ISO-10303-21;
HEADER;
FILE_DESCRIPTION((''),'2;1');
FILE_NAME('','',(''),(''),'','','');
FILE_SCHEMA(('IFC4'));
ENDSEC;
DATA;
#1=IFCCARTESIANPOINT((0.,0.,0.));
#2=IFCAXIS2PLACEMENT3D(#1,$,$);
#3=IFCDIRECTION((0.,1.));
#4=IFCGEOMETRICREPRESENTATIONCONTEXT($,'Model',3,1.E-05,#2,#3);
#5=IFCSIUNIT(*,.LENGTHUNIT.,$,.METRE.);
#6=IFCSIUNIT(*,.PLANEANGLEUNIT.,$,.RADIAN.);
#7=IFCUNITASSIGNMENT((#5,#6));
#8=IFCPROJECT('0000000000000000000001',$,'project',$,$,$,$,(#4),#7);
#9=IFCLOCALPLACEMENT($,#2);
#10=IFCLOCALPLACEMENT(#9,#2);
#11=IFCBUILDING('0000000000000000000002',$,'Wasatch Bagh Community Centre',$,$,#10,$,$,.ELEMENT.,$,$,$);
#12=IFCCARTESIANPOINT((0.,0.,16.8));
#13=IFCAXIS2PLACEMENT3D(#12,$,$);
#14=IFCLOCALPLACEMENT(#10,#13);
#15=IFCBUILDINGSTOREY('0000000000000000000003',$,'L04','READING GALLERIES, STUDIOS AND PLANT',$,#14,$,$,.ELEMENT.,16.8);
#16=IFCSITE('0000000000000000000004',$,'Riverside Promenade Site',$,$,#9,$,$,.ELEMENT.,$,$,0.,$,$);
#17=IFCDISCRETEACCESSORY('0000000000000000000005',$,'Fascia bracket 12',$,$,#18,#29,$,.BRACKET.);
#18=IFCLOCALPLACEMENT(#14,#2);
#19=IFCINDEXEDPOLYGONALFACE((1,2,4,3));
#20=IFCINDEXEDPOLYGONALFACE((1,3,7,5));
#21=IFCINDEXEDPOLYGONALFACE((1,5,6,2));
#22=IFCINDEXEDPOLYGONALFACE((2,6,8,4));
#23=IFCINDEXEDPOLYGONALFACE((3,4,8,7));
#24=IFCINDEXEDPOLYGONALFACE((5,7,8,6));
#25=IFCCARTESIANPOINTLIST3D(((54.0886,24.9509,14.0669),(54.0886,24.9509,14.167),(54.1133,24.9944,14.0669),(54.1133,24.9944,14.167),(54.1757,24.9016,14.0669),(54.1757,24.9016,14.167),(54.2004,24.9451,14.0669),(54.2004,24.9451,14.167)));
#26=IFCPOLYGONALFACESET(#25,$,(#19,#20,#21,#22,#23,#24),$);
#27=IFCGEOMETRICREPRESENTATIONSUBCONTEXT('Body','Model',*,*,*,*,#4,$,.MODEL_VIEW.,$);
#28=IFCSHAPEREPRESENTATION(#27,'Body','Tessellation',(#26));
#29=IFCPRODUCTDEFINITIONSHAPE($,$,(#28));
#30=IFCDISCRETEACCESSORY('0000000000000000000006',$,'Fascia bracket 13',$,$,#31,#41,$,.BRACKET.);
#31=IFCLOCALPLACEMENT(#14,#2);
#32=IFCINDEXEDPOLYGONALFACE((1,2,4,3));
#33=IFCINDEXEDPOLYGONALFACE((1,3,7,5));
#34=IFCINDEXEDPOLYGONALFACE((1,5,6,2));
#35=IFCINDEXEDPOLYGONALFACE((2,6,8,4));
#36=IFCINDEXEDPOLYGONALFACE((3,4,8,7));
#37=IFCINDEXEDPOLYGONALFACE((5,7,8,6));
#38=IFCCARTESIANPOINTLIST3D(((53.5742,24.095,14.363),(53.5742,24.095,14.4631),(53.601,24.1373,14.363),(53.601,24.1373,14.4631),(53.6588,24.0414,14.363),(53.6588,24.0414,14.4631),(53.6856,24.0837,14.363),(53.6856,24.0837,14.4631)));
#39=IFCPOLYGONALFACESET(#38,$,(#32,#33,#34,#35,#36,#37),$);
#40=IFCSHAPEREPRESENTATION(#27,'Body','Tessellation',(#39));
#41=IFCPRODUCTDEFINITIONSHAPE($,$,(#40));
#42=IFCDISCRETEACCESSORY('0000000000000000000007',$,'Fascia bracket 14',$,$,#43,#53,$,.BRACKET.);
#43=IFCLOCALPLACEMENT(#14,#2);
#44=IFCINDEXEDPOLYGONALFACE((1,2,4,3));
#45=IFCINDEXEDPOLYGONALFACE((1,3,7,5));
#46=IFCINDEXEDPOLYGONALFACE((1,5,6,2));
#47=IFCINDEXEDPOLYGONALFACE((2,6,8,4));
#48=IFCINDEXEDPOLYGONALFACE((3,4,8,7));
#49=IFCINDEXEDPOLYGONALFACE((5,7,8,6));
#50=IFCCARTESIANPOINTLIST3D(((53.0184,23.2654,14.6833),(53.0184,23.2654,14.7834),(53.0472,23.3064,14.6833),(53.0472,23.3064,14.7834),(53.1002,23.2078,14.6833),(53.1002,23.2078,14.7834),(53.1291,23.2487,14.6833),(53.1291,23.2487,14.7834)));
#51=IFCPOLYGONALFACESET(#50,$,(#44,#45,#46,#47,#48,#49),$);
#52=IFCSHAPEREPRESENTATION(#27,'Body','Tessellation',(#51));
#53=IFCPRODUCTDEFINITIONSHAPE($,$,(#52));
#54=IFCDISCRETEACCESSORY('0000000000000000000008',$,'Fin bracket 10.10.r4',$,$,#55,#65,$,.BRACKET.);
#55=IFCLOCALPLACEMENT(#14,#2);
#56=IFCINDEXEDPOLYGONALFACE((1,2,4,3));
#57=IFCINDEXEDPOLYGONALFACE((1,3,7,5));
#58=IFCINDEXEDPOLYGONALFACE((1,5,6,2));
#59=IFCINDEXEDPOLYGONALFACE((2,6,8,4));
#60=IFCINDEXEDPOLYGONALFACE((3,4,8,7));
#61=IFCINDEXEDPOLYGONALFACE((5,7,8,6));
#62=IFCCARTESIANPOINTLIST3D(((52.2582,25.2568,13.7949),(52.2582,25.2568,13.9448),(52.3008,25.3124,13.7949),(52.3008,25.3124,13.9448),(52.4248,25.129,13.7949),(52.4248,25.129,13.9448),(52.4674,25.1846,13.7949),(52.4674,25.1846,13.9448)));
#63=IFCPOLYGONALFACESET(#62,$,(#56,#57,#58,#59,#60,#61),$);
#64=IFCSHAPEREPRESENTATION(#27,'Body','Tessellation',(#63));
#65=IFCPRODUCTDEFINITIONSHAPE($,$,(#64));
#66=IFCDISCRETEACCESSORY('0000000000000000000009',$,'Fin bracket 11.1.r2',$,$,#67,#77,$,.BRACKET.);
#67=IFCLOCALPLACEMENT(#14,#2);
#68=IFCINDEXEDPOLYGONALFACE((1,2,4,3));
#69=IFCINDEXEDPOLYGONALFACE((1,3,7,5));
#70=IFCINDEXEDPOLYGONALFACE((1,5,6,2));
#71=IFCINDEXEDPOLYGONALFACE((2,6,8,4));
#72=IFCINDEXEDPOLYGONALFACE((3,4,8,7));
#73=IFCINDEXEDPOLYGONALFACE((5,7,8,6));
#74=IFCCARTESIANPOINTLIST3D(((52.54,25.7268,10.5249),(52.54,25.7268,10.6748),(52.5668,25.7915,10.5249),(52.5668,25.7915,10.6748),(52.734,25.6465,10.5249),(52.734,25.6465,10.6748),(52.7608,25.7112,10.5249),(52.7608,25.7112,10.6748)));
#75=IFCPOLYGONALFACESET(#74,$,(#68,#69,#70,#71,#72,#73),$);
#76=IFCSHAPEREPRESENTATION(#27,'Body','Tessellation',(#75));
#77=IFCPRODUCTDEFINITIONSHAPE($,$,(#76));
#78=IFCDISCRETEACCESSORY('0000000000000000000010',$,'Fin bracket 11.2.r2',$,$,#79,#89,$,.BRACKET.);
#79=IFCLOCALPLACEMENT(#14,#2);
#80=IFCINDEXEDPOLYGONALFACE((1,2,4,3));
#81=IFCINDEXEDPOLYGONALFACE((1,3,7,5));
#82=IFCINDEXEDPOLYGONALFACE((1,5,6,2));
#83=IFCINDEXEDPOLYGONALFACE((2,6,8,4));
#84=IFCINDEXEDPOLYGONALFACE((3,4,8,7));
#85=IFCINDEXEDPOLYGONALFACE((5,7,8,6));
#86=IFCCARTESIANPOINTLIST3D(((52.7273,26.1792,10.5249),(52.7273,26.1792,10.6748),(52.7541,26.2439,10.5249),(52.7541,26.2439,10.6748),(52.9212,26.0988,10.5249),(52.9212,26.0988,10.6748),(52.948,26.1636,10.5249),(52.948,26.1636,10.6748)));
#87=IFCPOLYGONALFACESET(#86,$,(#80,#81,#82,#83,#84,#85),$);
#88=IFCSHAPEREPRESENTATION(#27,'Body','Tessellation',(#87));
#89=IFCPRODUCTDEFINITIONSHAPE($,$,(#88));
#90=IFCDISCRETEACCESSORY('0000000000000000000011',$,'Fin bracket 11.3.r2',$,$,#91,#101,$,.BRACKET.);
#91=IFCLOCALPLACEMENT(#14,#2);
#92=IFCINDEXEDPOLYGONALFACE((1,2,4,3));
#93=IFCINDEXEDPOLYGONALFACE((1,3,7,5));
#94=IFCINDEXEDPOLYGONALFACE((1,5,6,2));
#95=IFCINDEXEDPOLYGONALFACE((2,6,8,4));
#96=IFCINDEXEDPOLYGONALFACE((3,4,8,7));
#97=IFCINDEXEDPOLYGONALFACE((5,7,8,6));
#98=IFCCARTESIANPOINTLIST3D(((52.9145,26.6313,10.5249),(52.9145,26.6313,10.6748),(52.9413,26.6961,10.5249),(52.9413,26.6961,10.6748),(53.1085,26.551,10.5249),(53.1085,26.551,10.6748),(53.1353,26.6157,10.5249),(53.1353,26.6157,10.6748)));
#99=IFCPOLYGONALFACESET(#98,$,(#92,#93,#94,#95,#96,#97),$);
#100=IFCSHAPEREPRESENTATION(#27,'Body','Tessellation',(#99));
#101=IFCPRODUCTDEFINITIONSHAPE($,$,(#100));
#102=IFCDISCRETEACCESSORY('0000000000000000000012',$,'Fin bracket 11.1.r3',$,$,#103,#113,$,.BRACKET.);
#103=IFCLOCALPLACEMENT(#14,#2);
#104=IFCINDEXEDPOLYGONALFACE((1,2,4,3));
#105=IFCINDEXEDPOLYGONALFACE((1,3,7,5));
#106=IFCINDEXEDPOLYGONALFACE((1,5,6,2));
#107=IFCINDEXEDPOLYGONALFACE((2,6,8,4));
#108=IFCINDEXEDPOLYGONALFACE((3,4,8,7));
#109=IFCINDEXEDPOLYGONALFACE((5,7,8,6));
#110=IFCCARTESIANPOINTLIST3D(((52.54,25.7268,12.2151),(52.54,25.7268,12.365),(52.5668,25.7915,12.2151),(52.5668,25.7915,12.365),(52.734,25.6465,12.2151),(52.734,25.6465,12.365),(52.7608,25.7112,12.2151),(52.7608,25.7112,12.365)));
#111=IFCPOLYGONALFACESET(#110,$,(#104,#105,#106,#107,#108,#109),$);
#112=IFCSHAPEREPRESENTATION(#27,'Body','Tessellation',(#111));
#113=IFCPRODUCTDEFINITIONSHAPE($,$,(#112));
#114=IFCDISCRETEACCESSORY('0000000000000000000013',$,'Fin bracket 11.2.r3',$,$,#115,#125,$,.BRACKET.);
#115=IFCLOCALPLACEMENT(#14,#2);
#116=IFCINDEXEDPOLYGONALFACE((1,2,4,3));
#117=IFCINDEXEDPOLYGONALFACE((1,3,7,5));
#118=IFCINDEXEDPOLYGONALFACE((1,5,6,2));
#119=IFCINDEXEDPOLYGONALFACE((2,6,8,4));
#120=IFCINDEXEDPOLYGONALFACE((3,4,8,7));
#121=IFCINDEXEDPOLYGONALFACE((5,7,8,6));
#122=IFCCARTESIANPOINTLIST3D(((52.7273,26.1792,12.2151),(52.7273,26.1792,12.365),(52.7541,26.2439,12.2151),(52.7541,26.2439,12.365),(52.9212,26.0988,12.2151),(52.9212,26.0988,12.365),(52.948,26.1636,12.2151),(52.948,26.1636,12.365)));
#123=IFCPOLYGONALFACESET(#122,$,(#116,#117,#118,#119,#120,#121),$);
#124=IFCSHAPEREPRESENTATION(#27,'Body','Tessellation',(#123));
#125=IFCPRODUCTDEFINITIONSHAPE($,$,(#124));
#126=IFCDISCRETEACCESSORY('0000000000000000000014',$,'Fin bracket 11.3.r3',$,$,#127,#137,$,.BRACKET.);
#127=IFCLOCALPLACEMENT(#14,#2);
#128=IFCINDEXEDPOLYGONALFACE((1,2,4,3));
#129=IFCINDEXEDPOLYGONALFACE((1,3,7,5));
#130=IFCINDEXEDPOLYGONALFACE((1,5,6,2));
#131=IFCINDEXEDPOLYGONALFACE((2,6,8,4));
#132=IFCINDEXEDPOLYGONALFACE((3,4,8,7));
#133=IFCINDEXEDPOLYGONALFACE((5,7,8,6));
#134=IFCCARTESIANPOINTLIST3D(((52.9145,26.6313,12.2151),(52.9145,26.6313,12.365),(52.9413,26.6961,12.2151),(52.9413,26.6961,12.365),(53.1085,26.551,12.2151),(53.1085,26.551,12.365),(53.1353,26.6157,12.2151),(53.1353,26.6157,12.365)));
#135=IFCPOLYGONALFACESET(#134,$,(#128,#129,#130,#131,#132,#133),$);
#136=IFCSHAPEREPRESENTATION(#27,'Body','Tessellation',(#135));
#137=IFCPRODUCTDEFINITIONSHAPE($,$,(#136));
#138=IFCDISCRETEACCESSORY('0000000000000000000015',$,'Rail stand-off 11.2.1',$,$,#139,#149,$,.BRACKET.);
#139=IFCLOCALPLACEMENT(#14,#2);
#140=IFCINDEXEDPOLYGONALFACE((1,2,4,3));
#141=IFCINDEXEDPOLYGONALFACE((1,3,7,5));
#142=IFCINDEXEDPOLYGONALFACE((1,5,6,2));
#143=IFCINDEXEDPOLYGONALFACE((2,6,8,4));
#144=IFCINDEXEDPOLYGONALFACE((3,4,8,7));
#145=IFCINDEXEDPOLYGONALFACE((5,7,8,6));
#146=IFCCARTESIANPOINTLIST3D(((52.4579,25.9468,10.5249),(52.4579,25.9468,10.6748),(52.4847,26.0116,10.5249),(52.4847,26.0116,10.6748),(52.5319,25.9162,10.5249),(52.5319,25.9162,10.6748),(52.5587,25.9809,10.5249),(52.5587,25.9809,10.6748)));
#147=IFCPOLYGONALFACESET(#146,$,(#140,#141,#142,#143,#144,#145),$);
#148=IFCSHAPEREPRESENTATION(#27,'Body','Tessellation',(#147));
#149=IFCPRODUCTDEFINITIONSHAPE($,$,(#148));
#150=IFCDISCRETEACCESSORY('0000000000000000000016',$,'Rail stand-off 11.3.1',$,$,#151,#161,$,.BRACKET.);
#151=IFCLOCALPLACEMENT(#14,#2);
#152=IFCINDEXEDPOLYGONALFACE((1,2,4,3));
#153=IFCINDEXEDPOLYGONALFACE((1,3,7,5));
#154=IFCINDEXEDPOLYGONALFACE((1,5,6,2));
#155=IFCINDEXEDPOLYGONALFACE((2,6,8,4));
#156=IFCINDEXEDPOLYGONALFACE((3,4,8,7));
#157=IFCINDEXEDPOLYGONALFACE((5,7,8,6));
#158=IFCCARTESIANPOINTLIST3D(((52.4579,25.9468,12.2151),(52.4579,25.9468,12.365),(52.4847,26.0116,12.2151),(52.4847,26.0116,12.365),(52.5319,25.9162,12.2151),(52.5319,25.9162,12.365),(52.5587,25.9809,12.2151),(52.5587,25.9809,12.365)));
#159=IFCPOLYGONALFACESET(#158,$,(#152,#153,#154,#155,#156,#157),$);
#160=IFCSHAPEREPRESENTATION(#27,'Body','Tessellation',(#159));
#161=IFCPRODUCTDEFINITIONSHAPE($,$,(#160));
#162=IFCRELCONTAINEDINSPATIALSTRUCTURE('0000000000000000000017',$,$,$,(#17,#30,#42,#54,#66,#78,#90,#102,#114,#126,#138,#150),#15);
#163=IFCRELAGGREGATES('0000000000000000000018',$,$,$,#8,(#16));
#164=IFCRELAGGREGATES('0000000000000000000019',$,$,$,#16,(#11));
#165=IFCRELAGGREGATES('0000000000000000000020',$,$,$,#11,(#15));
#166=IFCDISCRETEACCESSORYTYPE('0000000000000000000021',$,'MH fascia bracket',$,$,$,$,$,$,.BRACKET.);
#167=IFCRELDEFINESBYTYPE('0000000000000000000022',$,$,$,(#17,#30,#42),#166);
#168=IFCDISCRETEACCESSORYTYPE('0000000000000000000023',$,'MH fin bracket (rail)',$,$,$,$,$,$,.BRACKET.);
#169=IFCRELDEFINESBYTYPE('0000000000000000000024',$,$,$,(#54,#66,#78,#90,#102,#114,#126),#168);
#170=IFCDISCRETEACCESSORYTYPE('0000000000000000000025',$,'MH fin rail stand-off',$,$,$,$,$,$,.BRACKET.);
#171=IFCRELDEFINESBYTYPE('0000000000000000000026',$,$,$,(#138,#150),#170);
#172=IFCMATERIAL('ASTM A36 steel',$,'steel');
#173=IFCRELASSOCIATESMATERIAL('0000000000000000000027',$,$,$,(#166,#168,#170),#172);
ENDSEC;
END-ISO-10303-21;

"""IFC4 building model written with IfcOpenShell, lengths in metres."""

from ifc_helpers import new_model, si_unit, direction, frame, origin, origin_2d, place, context, subcontext, project, spatial, rectangle, extrude, material, type_object, element, save


model = new_model("IFC4")

# Units and contexts
model_context = context("Model", 3, precision=1e-05, world=origin(), true_north=direction((0.0, 1.0)))
body_context = subcontext(model_context, "Body", "Model", "MODEL_VIEW")
ifc_project = project(units=[si_unit("LENGTHUNIT", "METRE"), si_unit("PLANEANGLEUNIT", "RADIAN")], contexts=[model_context])

# Site, building, storey
site_placement = place(None, origin())
site = spatial("IfcSite", under=ifc_project, at=site_placement, Name="Riverside Promenade Site", CompositionType="ELEMENT", RefElevation=0.0)
building_placement = place(site_placement, origin())
building = spatial("IfcBuilding", under=site, at=building_placement, Name="Wasatch Bagh Community Centre", CompositionType="ELEMENT")
storey_placement = place(building_placement, frame((0.0, 0.0, 16.8)))
storey = spatial("IfcBuildingStorey", under=building, at=storey_placement, Name="L04", Description="READING GALLERIES, STUDIOS AND PLANT", CompositionType="ELEMENT", Elevation=16.8)

# Discrete accessories
ifc_material_1 = material(Name="ASTM A36 steel", Category="steel")
discrete_accessory_type_1 = type_object("IfcDiscreteAccessoryType", Name="MH fascia bracket", PredefinedType="BRACKET", material=ifc_material_1)
for number, where, z_axis, x_axis, name in (
    (1, (54.1445, 24.948, 14.0669), (0.0, 0.0, 1.0), (0.870087, -0.492898, 0.0), "Fascia bracket 12"),
    (2, (53.6299, 24.0894, 14.363), (0.0, 0.0, 1.0), (0.844854, -0.534998, 0.0), "Fascia bracket 13"),
    (3, (53.0737, 23.2571, 14.6833), (0.0, 0.0, 1.0), (0.817585, -0.575808, 0.0), "Fascia bracket 14"),
):
    element("IfcDiscreteAccessory", number, at=place(storey_placement, frame(where, z_axis=z_axis, x_axis=x_axis)), inside=storey, type_object=discrete_accessory_type_1, Name=name, PredefinedType="BRACKET", context=body_context, shape_type="SweptSolid", body=[
        extrude(rectangle(XDim=0.1001, YDim=0.05, at=origin_2d()), origin(), (0.0, 0.0, 1.0), 0.1001),
    ])
discrete_accessory_type_2 = type_object("IfcDiscreteAccessoryType", Name="MH fin bracket (rail)", PredefinedType="BRACKET", material=ifc_material_1)
for number, where, z_axis, x_axis, name in (
    (4, (52.3628, 25.2207, 13.7949), (0.0, 0.0, 1.0), (0.608761, 0.793353, 0.0), "Fin bracket 10.10.r4"),
    (5, (52.6504, 25.719, 10.5249), (0.0, 0.0, 1.0), (0.382683, 0.92388, 0.0), "Fin bracket 11.1.r2"),
    (6, (52.8376, 26.1714, 10.5249), (0.0, 0.0, 1.0), (0.382683, 0.92388, 0.0), "Fin bracket 11.2.r2"),
    (7, (53.0249, 26.6235, 10.5249), (0.0, 0.0, 1.0), (0.382683, 0.92388, 0.0), "Fin bracket 11.3.r2"),
    (8, (52.6504, 25.719, 12.2151), (0.0, 0.0, 1.0), (0.382683, 0.92388, 0.0), "Fin bracket 11.1.r3"),
    (9, (52.8376, 26.1714, 12.2151), (0.0, 0.0, 1.0), (0.382683, 0.92388, 0.0), "Fin bracket 11.2.r3"),
    (10, (53.0249, 26.6235, 12.2151), (0.0, 0.0, 1.0), (0.382683, 0.92388, 0.0), "Fin bracket 11.3.r3"),
):
    element("IfcDiscreteAccessory", number, at=place(storey_placement, frame(where, z_axis=z_axis, x_axis=x_axis)), inside=storey, type_object=discrete_accessory_type_2, Name=name, PredefinedType="BRACKET", context=body_context, shape_type="SweptSolid", body=[
        extrude(rectangle(XDim=0.0701, YDim=0.21, at=origin_2d()), origin(), (0.0, 0.0, 1.0), 0.1499),
    ])
discrete_accessory_type_3 = type_object("IfcDiscreteAccessoryType", Name="MH fin rail stand-off", PredefinedType="BRACKET", material=ifc_material_1)
for number, where, z_axis, x_axis, name in (
    (11, (52.5083, 25.9639, 10.5249), (0.0, 0.0, 1.0), (0.382683, 0.92388, 0.0), "Rail stand-off 11.2.1"),
    (12, (52.5083, 25.9639, 12.2151), (0.0, 0.0, 1.0), (0.382683, 0.92388, 0.0), "Rail stand-off 11.3.1"),
):
    element("IfcDiscreteAccessory", number, at=place(storey_placement, frame(where, z_axis=z_axis, x_axis=x_axis)), inside=storey, type_object=discrete_accessory_type_3, Name=name, PredefinedType="BRACKET", context=body_context, shape_type="SweptSolid", body=[
        extrude(rectangle(XDim=0.0701, YDim=0.0801, at=origin_2d()), origin(), (0.0, 0.0, 1.0), 0.1499),
    ])

save(model, "model.ifc")
